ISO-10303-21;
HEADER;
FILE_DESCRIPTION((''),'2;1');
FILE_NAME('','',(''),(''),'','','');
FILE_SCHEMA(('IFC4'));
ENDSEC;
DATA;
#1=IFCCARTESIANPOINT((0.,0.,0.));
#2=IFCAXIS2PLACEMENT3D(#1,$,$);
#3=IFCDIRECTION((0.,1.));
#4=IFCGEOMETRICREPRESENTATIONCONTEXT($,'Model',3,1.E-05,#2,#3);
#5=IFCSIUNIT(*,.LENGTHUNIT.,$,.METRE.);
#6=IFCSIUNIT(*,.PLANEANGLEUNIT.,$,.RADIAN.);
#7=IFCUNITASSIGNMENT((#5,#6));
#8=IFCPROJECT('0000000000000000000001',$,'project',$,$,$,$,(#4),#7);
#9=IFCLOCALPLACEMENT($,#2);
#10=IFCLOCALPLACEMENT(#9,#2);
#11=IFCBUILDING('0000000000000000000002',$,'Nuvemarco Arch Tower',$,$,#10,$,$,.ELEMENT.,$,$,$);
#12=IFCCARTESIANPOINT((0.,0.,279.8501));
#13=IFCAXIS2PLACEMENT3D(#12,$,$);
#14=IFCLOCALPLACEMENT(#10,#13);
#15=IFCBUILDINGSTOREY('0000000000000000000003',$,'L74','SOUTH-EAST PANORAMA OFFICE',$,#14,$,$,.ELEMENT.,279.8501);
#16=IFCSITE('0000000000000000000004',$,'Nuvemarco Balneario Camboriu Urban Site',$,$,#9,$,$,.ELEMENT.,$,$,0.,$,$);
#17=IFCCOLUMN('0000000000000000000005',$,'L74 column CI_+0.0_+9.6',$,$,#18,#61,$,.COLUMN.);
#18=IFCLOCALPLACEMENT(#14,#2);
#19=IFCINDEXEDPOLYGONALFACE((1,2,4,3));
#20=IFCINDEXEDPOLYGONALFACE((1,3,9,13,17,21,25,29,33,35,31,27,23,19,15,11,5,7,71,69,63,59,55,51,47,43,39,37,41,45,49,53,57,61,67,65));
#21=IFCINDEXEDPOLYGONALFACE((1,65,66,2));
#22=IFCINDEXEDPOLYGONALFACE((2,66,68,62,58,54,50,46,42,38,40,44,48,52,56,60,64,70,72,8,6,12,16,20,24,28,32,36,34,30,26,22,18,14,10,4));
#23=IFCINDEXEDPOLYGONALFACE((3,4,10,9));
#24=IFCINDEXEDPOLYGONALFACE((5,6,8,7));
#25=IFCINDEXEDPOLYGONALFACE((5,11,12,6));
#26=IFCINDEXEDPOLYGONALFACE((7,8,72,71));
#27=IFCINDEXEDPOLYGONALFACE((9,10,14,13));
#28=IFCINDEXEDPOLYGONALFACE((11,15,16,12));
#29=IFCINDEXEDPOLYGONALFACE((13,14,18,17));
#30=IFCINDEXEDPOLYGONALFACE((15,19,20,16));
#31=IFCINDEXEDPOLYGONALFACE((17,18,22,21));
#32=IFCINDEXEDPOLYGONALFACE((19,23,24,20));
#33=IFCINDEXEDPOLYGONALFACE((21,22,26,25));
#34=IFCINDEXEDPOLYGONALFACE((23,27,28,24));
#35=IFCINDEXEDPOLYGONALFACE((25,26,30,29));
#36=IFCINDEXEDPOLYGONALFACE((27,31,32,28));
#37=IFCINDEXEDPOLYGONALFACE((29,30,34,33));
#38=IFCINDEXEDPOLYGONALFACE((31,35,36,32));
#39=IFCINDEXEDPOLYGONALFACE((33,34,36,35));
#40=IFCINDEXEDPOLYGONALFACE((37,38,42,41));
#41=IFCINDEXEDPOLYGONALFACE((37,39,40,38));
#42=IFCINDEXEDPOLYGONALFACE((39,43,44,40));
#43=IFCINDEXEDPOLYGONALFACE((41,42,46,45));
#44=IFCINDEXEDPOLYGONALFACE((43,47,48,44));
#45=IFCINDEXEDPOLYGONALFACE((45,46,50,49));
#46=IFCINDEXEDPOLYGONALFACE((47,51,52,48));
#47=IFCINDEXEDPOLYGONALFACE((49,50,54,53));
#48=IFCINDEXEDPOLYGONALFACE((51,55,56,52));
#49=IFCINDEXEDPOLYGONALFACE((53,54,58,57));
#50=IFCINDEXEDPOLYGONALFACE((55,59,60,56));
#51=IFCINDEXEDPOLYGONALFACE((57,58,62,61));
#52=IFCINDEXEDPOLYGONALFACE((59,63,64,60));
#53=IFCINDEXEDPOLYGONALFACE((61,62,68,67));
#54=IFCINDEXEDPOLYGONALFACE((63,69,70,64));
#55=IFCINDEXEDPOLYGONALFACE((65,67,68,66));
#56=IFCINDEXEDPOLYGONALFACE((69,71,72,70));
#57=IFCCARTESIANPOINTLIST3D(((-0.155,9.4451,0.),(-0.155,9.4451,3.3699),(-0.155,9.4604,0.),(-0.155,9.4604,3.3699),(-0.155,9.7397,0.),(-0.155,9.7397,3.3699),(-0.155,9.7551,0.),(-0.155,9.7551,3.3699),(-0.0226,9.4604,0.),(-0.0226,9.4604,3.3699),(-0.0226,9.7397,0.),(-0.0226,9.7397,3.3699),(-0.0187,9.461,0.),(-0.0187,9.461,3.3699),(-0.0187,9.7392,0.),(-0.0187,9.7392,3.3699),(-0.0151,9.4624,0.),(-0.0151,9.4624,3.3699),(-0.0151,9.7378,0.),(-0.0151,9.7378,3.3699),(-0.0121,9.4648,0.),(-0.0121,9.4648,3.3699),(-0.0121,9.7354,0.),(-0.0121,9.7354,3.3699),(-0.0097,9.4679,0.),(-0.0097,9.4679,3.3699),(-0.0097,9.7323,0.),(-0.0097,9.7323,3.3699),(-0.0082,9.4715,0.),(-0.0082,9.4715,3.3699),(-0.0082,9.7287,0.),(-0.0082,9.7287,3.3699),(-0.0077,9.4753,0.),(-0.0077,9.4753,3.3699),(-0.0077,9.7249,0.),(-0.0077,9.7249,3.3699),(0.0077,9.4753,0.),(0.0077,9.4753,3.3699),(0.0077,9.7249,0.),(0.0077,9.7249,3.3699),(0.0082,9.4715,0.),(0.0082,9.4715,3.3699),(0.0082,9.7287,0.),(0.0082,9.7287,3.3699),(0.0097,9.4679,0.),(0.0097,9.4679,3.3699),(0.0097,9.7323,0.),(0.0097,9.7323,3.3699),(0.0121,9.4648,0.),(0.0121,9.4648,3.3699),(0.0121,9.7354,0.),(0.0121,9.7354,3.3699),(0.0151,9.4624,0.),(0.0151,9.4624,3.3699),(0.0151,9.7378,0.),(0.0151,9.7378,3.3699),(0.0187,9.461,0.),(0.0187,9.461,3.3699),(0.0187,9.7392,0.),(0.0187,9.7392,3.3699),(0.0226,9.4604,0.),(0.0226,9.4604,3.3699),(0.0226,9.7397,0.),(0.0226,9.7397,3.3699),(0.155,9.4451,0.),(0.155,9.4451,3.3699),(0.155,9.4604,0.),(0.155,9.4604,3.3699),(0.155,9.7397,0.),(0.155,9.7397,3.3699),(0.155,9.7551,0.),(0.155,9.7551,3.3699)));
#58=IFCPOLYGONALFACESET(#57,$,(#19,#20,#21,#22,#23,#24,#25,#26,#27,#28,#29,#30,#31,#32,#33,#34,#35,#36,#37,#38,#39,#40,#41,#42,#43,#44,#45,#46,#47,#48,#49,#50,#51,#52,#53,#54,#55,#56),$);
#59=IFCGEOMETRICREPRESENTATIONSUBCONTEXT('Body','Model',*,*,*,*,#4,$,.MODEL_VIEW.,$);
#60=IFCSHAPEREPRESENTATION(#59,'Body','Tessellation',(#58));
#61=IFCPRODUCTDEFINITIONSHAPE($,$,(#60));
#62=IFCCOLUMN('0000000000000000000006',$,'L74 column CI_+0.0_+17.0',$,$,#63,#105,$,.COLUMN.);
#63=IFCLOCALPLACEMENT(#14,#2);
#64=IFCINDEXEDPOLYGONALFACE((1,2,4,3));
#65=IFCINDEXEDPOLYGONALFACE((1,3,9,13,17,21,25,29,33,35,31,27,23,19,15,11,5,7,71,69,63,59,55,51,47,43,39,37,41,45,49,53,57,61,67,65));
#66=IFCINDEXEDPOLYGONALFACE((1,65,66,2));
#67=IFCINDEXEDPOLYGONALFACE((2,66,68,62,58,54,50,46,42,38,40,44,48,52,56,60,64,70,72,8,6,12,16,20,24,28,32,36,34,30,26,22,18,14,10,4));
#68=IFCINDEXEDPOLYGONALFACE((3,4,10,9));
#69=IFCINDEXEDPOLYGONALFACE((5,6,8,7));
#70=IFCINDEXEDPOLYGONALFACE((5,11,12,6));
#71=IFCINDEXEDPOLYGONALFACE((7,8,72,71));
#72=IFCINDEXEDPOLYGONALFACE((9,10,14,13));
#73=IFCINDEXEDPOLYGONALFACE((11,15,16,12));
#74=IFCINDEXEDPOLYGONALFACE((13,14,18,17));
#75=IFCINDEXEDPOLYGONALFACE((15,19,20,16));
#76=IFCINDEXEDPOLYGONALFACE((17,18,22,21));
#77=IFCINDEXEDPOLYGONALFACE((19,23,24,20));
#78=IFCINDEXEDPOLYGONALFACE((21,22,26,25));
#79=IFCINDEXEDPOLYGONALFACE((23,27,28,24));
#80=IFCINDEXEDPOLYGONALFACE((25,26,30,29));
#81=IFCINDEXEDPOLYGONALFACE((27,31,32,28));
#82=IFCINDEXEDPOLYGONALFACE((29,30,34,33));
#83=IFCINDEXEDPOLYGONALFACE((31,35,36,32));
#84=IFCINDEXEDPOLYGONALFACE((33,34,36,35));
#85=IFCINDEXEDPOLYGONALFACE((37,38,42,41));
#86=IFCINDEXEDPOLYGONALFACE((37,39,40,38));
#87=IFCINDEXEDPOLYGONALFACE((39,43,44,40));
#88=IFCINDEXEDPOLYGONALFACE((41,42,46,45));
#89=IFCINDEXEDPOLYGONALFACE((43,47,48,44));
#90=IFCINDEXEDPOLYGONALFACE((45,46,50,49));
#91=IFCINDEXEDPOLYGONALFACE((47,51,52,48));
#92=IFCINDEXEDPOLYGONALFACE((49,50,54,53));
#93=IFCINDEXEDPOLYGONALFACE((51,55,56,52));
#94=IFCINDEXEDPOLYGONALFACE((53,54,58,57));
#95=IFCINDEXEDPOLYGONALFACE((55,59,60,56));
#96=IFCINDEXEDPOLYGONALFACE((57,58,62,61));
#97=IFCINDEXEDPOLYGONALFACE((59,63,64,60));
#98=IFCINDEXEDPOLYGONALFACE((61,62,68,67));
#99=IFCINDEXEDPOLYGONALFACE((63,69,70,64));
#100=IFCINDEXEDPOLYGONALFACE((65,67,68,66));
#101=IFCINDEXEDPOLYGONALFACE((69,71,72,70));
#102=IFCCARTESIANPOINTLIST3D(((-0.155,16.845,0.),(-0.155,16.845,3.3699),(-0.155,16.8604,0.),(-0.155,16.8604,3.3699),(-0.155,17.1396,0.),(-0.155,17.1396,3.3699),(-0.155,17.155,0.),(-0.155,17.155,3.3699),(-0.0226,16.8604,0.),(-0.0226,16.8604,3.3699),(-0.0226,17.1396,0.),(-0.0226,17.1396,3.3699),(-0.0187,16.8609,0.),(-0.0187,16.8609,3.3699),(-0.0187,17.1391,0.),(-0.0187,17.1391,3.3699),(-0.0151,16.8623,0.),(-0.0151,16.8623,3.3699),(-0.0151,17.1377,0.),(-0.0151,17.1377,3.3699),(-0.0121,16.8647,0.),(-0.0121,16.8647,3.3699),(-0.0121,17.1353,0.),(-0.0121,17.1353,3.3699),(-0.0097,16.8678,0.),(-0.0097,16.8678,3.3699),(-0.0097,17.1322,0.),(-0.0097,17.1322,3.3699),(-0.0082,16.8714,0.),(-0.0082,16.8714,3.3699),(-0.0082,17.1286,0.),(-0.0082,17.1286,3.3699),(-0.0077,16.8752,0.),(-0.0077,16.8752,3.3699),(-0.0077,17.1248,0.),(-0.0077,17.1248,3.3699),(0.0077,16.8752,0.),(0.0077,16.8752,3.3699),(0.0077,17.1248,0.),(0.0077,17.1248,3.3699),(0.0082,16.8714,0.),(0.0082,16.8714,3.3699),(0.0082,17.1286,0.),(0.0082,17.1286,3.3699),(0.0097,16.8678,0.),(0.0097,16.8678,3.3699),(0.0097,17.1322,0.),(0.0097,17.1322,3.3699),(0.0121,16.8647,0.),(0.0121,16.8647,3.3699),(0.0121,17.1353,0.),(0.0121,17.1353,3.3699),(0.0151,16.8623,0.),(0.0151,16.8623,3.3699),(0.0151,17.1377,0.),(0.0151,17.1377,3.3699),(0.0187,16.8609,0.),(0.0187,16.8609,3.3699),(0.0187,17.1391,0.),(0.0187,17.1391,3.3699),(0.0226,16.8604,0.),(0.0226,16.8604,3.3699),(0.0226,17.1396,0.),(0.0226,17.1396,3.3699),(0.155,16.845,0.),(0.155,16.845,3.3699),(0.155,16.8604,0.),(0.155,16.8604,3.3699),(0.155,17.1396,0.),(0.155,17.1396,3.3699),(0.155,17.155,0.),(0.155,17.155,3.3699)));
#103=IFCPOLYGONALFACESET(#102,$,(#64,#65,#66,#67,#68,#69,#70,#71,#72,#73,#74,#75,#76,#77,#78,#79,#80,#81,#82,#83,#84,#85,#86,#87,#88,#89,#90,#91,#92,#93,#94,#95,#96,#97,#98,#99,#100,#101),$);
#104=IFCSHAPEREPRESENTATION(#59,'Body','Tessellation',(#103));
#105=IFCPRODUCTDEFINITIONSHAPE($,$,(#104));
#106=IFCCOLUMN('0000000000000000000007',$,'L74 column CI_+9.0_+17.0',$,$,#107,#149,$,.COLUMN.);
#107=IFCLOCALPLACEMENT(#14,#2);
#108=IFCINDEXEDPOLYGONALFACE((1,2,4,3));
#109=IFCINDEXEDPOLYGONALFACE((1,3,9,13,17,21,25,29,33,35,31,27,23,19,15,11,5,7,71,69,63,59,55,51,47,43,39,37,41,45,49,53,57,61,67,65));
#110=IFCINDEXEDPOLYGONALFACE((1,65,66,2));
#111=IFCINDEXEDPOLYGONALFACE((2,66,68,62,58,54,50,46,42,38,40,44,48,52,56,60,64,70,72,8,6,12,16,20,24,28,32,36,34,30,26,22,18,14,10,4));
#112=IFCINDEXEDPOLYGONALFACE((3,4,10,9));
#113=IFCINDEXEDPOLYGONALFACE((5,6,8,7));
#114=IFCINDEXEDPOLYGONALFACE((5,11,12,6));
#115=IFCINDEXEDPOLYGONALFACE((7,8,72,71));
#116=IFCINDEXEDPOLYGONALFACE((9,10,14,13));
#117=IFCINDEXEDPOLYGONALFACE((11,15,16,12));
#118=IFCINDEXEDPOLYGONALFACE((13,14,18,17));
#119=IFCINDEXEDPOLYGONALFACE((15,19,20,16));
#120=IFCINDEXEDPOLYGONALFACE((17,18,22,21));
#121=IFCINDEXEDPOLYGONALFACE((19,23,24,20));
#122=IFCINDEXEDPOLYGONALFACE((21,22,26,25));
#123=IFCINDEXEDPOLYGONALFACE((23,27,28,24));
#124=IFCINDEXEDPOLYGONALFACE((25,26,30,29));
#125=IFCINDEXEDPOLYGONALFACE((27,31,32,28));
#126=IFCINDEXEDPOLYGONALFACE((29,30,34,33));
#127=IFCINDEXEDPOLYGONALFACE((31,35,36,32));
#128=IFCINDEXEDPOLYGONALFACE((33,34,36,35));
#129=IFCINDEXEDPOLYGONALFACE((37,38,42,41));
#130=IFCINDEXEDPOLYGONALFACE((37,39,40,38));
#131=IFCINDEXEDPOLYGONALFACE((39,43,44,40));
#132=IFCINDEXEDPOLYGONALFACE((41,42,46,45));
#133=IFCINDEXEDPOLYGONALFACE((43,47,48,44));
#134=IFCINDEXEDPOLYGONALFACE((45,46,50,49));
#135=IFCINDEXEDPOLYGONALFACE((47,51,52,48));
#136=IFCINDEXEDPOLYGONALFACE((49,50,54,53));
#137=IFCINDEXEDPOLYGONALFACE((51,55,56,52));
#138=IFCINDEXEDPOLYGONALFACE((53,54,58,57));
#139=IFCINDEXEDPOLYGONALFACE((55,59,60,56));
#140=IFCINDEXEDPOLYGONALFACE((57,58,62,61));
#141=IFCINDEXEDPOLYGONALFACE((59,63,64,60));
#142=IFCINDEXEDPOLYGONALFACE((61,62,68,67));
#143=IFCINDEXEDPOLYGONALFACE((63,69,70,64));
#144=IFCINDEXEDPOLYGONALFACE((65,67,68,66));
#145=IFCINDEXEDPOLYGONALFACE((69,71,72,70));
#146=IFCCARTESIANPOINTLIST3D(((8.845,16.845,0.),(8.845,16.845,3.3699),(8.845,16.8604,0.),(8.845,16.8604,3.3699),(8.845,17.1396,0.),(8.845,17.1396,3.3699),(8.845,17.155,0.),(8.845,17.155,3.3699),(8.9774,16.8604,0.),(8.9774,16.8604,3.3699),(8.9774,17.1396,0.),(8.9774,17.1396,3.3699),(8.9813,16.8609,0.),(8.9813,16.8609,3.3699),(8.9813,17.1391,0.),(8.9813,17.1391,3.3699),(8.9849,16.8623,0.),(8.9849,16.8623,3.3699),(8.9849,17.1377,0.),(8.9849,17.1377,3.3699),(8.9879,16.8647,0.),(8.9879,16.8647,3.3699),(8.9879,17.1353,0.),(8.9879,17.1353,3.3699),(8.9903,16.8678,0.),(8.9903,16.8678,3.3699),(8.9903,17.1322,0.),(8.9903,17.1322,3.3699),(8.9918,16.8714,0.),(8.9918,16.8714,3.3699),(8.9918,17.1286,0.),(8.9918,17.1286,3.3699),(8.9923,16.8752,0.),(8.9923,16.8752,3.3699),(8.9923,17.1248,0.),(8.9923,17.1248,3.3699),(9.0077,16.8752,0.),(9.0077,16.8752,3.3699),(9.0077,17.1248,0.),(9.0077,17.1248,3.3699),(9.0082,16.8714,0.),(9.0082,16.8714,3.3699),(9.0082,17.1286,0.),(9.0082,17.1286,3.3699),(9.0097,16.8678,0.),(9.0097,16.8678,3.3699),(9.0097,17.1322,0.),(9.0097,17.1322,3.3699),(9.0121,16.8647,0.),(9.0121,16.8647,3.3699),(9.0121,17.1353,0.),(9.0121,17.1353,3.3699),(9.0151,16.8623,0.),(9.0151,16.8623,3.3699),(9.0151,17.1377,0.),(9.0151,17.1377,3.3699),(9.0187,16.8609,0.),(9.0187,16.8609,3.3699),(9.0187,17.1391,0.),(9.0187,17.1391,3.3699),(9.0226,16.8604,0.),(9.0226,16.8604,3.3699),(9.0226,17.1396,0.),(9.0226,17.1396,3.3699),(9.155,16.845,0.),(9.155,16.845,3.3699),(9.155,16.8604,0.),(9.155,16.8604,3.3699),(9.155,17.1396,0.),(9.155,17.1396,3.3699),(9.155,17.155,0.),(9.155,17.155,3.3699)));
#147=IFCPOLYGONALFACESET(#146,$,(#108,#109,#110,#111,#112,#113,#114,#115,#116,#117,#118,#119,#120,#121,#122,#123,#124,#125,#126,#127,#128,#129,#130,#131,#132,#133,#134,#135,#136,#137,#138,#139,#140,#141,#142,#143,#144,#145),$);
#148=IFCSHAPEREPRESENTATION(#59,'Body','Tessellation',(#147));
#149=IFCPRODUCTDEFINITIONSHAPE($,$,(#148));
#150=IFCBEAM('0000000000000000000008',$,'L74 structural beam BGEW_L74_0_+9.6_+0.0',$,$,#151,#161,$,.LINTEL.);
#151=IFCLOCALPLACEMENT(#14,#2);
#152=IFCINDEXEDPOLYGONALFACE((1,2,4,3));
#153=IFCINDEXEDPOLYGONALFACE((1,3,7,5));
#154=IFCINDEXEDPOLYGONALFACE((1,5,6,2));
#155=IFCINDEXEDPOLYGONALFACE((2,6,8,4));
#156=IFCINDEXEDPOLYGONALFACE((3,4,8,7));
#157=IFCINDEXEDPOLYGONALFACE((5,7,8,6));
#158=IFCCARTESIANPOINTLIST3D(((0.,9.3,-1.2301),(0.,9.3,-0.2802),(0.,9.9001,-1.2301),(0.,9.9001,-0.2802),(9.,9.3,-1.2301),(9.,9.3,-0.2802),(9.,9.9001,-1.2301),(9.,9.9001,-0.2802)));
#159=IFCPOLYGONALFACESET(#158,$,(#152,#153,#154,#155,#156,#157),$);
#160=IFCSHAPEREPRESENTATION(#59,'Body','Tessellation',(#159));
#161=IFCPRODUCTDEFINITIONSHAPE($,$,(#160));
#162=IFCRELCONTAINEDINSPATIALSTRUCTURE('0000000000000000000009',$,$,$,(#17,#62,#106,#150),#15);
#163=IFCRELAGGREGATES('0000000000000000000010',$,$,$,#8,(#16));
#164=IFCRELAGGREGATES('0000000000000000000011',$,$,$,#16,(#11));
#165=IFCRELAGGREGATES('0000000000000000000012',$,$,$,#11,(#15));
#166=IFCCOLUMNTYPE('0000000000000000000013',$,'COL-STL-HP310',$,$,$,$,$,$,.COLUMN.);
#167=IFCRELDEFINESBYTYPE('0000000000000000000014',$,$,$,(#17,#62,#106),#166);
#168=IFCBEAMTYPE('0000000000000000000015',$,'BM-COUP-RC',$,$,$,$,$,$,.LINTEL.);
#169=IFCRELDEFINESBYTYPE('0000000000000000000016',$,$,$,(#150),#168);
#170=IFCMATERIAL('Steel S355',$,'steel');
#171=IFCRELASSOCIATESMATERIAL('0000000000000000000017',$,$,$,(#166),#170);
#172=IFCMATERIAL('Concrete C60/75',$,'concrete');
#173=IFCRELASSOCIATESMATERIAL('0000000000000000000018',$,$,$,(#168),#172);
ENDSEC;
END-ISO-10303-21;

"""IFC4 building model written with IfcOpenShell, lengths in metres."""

from ifc_helpers import new_model, si_unit, direction, frame, origin, origin_2d, place, context, subcontext, project, spatial, rectangle, i_section, extrude, material, material_profile, profile_set, type_object, element, save


model = new_model("IFC4")

# Units and contexts
model_context = context("Model", 3, precision=1e-05, world=origin(), true_north=direction((0.0, 1.0)))
body_context = subcontext(model_context, "Body", "Model", "MODEL_VIEW")
ifc_project = project(units=[si_unit("LENGTHUNIT", "METRE"), si_unit("PLANEANGLEUNIT", "RADIAN")], contexts=[model_context])

# Site, building, storey
site_placement = place(None, origin())
site = spatial("IfcSite", under=ifc_project, at=site_placement, Name="Nuvemarco Balneario Camboriu Urban Site", CompositionType="ELEMENT", RefElevation=0.0)
building_placement = place(site_placement, origin())
building = spatial("IfcBuilding", under=site, at=building_placement, Name="Nuvemarco Arch Tower", CompositionType="ELEMENT")
storey_placement = place(building_placement, frame((0.0, 0.0, 279.8501)))
storey = spatial("IfcBuildingStorey", under=building, at=storey_placement, Name="L74", Description="SOUTH-EAST PANORAMA OFFICE", CompositionType="ELEMENT", Elevation=279.8501)

# Columns
ifc_material_1 = material(Name="Steel S355", Category="steel")
ifc_material_profile_1 = material_profile(ifc_material_1, i_section(OverallWidth=0.3101, OverallDepth=0.3101, WebThickness=0.0154, FlangeThickness=0.0154, FilletRadius=0.0149, at=origin_2d()), Name="HP310x110")
ifc_profile_set_1 = profile_set([ifc_material_profile_1], Name="Steel S355")
column_type_1 = type_object("IfcColumnType", Name="COL-STL-HP310", PredefinedType="COLUMN", material=ifc_profile_set_1)
for number, where, z_axis, x_axis, name in (
    (1, (0.0, 9.6001, 0.0), (0.0, 0.0, 1.0), (1.0, 0.0, 0.0), "L74 column CI_+0.0_+9.6"),
    (2, (0.0, 17.0, 0.0), (0.0, 0.0, 1.0), (1.0, 0.0, 0.0), "L74 column CI_+0.0_+17.0"),
    (3, (9.0, 17.0, 0.0), (0.0, 0.0, 1.0), (1.0, 0.0, 0.0), "L74 column CI_+9.0_+17.0"),
):
    element("IfcColumn", number, at=place(storey_placement, frame(where, z_axis=z_axis, x_axis=x_axis)), inside=storey, type_object=column_type_1, Name=name, PredefinedType="COLUMN", context=body_context, shape_type="SweptSolid", body=[
        extrude(i_section(OverallWidth=0.3101, OverallDepth=0.3101, WebThickness=0.0154, FlangeThickness=0.0154, FilletRadius=0.0149, at=origin_2d()), origin(), (0.0, 0.0, 1.0), 3.3699),
    ])

# Beam
ifc_material_2 = material(Name="Concrete C60/75", Category="concrete")
ifc_material_profile_2 = material_profile(ifc_material_2, rectangle(XDim=0.6001, YDim=0.95, at=origin_2d()), Name="RC-BM-600x950")
ifc_profile_set_2 = profile_set([ifc_material_profile_2], Name="Concrete C60/75")
beam_type_1 = type_object("IfcBeamType", Name="BM-COUP-RC", PredefinedType="LINTEL", material=ifc_profile_set_2)
beam_1_placement = place(storey_placement, frame((0.0, 9.6001, -0.7551), z_axis=(1.0, 0.0, 0.0), x_axis=(0.0, 1.0, 0.0)))
element("IfcBeam", 4, at=beam_1_placement, inside=storey, type_object=beam_type_1, Name="L74 structural beam BGEW_L74_0_+9.6_+0.0", PredefinedType="LINTEL", context=body_context, shape_type="SweptSolid", body=[
    extrude(rectangle(XDim=0.6001, YDim=0.95, at=origin_2d()), origin(), (0.0, 0.0, 1.0), 9.0),
])

save(model, "model.ifc")
